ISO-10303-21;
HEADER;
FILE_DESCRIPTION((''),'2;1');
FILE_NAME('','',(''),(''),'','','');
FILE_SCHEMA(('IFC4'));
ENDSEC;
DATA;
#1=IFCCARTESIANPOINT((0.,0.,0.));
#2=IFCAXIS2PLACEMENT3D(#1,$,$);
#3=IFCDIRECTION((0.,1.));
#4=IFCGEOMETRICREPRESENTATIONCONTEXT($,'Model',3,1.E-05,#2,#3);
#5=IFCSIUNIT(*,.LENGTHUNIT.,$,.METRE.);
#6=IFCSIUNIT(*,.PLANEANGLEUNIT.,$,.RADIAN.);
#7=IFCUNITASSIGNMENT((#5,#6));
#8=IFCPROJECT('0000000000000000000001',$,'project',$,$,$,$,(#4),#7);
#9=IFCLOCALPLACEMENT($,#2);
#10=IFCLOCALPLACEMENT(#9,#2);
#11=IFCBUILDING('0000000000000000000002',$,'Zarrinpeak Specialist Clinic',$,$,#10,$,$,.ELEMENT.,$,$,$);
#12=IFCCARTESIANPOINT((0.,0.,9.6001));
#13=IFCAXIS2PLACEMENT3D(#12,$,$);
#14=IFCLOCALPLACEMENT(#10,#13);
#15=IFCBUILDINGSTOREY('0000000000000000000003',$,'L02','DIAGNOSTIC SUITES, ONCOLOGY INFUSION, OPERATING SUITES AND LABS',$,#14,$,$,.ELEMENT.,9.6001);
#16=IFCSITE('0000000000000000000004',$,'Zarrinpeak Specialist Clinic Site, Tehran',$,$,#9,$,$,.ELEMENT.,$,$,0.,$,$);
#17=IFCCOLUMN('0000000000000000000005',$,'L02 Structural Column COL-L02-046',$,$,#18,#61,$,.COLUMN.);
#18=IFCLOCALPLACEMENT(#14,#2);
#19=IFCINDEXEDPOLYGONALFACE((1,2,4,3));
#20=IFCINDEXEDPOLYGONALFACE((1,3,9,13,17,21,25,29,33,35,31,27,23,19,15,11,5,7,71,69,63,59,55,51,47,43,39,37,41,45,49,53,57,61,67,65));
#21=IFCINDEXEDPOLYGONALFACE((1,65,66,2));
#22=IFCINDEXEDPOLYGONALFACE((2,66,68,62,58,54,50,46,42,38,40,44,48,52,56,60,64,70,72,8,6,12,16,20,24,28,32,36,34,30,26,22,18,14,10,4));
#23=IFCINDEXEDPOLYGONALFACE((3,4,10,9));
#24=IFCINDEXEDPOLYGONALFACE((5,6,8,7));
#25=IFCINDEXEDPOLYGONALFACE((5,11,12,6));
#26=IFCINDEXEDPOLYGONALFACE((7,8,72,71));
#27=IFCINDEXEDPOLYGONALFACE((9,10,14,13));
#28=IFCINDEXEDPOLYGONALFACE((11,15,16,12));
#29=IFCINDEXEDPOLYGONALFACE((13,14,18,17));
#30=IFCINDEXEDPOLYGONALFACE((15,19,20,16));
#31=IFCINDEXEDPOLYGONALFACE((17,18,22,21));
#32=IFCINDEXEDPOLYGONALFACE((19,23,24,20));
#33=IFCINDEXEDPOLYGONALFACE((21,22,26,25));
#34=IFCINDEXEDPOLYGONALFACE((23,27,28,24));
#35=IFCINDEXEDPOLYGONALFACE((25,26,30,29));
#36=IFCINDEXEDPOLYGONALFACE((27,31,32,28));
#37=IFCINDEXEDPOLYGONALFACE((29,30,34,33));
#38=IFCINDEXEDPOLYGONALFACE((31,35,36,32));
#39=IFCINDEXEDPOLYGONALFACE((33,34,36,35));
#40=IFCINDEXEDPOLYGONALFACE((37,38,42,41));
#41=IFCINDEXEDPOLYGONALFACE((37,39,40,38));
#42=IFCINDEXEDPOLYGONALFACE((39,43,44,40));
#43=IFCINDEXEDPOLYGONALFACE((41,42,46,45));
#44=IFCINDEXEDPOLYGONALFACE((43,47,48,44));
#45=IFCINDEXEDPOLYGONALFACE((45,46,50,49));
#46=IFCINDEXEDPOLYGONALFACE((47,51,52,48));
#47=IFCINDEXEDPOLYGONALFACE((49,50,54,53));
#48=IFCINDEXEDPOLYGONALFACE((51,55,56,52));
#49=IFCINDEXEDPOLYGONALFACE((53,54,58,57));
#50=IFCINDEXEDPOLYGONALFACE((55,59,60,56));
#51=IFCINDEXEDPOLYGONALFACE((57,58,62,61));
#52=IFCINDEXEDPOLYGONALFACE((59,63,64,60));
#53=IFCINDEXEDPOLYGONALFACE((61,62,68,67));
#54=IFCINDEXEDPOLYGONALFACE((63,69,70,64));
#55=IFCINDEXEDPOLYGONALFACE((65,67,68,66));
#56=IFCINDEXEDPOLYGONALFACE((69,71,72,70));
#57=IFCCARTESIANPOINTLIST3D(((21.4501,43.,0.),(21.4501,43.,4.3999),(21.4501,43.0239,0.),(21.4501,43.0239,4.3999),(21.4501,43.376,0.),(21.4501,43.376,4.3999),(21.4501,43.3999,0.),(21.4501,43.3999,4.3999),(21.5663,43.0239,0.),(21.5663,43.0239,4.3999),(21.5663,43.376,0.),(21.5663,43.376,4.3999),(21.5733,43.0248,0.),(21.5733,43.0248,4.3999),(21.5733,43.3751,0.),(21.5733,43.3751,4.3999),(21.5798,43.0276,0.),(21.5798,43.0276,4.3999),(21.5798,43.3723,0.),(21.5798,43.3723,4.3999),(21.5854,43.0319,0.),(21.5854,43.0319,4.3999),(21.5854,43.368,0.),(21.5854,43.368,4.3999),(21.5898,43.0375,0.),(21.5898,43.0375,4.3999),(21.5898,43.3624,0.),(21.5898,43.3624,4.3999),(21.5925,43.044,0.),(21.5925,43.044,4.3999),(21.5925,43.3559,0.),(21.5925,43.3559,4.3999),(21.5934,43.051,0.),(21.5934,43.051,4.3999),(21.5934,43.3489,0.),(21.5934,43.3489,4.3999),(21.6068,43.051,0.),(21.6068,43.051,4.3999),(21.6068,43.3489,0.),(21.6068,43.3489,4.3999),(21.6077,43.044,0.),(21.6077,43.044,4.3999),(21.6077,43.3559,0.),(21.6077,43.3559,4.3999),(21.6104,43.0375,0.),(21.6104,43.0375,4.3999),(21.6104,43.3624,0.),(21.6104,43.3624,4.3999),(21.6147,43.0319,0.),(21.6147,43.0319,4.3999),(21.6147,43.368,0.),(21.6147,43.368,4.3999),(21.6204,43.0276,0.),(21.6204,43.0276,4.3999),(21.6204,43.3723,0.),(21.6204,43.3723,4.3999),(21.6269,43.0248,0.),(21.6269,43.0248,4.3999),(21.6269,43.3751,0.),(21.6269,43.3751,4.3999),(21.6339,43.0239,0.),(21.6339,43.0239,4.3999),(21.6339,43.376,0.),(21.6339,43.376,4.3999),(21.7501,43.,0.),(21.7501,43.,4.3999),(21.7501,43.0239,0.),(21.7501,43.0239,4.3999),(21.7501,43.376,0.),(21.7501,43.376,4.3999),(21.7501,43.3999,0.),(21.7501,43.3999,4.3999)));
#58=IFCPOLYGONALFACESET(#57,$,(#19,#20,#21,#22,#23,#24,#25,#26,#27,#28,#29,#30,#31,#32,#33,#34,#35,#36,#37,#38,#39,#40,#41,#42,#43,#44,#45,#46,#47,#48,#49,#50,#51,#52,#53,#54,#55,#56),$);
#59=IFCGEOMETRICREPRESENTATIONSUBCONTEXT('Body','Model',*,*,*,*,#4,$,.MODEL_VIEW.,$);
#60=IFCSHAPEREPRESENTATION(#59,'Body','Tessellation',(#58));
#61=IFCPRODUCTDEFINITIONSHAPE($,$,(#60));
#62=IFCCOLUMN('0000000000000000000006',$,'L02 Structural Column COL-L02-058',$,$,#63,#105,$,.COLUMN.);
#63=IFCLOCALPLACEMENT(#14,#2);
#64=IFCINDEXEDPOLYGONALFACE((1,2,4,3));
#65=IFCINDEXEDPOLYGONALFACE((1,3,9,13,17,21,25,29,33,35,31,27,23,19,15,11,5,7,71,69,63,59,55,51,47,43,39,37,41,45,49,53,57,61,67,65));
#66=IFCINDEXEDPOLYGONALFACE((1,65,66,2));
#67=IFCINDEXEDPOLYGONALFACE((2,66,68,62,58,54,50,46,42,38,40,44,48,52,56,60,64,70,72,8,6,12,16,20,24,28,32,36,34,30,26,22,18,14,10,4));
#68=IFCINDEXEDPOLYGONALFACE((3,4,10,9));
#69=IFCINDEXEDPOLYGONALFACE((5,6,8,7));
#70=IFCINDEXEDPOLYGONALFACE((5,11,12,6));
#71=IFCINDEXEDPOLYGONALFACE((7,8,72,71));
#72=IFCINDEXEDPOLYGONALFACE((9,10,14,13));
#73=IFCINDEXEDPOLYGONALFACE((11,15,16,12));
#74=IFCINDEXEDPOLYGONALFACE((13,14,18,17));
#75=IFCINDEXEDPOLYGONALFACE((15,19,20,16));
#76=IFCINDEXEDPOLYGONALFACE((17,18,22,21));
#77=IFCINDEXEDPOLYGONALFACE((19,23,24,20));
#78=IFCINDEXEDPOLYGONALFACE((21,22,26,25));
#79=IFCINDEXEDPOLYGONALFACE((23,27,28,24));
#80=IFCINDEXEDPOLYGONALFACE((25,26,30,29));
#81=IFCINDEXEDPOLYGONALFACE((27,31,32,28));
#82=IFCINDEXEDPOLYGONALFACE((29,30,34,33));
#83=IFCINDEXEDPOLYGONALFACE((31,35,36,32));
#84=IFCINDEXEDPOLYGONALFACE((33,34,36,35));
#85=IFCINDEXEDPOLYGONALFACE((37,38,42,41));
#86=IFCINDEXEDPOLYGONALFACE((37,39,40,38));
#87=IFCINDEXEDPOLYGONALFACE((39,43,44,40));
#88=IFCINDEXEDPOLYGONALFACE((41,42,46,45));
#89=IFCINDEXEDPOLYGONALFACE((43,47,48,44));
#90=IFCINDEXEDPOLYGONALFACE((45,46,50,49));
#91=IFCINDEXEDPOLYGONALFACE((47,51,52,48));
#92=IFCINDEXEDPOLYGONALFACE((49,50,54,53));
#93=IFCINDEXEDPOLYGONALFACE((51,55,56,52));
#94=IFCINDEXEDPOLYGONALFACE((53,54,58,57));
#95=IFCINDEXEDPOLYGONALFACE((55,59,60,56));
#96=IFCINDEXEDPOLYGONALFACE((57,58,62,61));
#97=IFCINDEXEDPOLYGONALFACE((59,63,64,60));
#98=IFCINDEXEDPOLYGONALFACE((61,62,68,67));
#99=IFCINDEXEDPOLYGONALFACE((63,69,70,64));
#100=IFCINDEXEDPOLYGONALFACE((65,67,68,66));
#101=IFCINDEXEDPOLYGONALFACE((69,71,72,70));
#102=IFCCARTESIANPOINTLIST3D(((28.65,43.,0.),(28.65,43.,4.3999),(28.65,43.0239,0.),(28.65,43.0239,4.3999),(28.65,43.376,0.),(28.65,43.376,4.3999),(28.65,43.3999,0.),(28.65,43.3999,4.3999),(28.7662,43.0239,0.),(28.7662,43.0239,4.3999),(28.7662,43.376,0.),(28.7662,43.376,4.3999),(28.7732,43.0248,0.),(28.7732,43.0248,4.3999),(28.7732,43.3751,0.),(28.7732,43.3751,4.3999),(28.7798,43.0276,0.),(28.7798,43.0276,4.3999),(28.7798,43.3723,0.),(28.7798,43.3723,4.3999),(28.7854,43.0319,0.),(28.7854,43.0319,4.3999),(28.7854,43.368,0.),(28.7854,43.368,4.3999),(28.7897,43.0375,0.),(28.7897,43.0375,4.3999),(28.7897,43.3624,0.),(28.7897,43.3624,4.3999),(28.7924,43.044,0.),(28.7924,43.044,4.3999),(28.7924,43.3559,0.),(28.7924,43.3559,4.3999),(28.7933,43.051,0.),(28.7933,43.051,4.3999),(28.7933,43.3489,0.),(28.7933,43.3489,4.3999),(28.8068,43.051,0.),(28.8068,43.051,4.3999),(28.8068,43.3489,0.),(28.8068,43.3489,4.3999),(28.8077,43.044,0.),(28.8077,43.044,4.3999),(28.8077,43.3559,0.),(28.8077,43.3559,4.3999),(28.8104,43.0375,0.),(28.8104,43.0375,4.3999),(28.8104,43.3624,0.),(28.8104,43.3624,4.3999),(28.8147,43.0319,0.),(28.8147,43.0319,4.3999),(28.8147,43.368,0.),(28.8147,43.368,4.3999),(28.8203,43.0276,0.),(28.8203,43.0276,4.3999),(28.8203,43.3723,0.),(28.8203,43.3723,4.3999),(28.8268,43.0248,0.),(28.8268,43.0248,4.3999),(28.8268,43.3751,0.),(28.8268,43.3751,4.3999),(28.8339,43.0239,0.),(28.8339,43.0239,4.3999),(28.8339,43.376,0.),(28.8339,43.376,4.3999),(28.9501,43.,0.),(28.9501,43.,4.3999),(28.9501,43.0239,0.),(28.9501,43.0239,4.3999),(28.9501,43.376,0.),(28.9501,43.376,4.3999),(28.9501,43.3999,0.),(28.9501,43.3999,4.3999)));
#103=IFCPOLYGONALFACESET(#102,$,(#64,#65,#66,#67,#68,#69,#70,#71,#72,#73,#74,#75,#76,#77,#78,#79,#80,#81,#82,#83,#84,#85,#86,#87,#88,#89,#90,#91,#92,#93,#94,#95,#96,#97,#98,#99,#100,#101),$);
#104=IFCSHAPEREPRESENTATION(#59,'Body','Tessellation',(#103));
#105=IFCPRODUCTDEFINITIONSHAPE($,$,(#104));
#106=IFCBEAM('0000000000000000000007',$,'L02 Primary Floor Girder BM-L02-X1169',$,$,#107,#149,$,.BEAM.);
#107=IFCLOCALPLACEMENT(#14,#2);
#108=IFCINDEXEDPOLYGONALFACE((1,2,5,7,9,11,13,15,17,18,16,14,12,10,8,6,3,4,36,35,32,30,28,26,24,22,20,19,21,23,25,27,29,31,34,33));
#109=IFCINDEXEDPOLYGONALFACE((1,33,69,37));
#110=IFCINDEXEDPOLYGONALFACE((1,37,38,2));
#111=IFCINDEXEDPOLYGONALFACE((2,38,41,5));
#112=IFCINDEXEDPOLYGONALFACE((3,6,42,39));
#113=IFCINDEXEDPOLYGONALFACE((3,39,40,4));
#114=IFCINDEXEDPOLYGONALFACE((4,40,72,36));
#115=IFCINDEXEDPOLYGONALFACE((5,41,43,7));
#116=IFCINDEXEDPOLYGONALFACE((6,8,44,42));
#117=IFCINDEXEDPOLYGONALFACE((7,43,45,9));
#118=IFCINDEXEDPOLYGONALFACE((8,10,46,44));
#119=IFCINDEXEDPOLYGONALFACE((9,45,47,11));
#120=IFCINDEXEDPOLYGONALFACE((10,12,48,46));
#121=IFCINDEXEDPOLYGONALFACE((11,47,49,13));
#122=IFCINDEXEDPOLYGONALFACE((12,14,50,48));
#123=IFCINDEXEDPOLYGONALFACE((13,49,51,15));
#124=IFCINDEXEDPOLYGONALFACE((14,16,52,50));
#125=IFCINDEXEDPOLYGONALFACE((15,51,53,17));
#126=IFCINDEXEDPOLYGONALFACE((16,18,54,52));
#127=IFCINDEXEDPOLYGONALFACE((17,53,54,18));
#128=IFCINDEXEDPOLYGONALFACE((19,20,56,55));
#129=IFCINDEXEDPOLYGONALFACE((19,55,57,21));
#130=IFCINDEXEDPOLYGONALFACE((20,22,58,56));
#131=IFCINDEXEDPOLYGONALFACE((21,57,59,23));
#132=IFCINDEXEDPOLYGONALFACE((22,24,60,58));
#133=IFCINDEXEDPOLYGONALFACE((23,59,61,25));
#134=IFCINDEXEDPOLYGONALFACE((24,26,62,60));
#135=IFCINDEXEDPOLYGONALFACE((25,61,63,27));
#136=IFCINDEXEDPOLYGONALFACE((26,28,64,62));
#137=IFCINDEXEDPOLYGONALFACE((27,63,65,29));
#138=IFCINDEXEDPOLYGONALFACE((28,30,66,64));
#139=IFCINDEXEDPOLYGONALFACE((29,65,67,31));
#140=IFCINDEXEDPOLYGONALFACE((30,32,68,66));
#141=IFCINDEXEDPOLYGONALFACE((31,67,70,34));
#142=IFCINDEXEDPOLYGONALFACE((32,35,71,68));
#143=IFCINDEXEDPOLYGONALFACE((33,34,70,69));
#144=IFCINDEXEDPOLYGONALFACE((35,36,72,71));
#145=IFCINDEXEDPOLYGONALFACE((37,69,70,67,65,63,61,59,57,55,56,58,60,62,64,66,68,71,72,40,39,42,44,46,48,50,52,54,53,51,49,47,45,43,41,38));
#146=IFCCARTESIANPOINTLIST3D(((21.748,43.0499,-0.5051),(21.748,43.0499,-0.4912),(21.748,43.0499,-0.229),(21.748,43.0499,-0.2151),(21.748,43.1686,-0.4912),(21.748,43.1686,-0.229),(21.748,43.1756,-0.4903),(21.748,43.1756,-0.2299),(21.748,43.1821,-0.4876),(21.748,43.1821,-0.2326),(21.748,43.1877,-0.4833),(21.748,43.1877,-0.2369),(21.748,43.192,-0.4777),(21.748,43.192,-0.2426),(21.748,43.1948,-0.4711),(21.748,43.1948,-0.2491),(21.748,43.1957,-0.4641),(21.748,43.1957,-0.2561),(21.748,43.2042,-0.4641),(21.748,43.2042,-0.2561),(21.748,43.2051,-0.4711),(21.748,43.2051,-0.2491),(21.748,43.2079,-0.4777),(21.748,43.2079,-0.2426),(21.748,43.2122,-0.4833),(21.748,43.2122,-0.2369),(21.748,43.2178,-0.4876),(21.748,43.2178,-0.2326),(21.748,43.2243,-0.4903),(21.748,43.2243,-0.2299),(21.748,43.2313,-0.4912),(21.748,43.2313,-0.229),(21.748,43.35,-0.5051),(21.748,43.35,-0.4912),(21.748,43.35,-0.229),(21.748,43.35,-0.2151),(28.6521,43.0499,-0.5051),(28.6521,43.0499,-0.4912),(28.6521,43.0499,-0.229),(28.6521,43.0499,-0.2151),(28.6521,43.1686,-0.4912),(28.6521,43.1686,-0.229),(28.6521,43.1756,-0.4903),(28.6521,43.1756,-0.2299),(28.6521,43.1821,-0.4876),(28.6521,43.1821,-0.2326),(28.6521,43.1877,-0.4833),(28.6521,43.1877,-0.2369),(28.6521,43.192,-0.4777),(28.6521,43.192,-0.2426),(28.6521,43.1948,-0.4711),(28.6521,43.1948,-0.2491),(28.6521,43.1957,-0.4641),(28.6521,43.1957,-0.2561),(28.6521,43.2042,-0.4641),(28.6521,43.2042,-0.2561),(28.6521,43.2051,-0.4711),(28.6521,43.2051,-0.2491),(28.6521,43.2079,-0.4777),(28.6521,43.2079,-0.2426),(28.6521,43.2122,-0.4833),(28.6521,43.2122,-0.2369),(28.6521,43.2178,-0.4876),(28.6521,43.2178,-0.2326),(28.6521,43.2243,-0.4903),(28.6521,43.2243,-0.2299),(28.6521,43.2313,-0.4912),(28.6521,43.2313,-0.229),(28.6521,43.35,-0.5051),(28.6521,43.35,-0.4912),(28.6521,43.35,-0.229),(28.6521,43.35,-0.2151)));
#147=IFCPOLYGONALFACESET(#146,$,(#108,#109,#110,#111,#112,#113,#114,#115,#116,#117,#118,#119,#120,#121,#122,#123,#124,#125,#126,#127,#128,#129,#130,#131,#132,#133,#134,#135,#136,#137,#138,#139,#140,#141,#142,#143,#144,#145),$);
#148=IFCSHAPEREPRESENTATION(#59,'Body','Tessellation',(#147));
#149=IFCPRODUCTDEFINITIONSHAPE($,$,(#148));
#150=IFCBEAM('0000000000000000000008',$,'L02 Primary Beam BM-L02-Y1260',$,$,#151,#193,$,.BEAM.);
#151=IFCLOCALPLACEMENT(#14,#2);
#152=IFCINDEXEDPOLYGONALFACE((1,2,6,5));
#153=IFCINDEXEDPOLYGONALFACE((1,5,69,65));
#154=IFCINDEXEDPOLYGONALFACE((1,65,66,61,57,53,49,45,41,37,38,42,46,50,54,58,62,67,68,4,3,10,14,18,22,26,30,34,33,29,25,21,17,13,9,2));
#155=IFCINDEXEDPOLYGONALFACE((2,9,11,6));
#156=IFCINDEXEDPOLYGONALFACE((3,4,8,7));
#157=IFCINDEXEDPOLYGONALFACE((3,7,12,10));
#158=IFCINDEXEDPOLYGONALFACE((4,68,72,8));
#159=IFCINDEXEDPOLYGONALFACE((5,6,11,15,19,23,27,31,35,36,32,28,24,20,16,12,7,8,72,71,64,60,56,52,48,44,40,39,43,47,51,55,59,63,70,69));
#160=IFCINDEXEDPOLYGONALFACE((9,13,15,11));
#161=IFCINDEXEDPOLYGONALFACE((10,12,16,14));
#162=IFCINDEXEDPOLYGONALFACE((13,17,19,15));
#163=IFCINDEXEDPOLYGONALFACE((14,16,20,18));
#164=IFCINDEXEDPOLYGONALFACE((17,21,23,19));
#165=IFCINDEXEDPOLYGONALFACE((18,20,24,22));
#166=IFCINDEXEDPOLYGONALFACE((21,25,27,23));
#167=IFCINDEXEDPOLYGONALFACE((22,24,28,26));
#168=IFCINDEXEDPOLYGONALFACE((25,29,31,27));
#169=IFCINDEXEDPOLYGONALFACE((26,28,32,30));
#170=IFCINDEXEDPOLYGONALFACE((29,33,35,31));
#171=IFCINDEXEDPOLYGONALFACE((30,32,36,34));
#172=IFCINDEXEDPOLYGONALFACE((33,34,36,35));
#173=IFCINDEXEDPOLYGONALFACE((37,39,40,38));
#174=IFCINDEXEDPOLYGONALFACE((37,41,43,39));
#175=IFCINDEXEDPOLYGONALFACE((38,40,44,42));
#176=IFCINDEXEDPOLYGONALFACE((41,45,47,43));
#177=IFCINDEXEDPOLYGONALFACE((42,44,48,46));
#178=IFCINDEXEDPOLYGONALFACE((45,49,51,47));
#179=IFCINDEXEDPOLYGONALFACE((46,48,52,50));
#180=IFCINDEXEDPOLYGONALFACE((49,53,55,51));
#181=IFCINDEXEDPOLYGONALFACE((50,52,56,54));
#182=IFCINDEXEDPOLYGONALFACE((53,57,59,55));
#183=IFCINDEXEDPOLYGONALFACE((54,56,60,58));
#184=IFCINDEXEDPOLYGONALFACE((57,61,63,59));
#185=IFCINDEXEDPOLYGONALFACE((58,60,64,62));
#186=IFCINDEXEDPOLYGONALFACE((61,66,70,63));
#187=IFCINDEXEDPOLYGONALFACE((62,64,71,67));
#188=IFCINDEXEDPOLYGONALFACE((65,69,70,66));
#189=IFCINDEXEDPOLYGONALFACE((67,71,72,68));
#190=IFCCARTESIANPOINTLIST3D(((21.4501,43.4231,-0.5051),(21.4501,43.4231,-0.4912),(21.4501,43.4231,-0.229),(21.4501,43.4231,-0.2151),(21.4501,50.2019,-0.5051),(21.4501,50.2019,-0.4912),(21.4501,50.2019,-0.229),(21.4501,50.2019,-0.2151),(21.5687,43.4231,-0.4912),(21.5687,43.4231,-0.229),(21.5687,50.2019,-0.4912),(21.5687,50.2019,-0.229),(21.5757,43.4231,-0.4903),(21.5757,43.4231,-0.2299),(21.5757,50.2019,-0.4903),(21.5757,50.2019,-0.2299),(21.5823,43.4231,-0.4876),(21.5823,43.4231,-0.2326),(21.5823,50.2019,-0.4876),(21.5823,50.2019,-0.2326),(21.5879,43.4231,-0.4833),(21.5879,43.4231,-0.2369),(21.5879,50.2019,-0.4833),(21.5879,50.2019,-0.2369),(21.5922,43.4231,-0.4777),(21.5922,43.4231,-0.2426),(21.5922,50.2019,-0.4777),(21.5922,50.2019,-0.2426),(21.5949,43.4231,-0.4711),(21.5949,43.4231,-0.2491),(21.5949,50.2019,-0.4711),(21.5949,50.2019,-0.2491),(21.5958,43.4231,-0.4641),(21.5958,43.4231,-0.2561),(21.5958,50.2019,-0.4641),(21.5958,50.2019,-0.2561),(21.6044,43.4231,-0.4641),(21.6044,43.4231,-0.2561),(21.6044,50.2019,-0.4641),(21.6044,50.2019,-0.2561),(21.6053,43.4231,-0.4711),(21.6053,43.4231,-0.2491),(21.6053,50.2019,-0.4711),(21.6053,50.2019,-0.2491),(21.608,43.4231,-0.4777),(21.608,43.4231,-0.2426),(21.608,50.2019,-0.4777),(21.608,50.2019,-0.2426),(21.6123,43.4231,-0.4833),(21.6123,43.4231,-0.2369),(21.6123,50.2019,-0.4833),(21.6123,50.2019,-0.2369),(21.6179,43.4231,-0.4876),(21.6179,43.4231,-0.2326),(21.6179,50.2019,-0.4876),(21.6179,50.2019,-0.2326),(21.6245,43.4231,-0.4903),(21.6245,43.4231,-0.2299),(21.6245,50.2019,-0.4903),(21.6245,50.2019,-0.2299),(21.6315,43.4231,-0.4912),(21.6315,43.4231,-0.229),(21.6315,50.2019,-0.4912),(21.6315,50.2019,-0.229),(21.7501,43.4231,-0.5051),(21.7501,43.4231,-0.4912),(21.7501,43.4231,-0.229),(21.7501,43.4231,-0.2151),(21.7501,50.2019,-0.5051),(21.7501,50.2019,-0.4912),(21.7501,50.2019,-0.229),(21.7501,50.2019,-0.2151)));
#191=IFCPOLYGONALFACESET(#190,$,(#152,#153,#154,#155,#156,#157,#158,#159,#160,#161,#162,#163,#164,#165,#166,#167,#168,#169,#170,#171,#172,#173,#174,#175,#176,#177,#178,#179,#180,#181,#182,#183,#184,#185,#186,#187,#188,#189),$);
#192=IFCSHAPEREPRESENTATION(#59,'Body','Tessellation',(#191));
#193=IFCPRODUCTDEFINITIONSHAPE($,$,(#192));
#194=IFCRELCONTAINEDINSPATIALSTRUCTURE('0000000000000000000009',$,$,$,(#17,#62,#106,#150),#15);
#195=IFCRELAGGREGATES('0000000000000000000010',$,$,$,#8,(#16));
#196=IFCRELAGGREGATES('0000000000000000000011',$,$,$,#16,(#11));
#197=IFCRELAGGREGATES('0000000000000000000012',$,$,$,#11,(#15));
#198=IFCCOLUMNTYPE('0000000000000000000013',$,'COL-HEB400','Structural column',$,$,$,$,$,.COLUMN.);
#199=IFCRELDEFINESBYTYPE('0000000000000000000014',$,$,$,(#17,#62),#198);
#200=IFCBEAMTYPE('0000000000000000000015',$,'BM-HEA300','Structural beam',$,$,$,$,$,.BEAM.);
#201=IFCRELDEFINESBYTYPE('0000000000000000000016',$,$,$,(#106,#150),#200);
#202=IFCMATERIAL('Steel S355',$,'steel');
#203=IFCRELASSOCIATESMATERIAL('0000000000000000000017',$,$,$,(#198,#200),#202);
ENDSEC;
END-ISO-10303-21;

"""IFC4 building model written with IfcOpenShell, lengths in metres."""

from ifc_helpers import new_model, si_unit, direction, frame, origin, origin_2d, place, context, subcontext, project, spatial, i_section, extrude, material, material_profile, profile_set, type_object, element, save


model = new_model("IFC4")

# Units and contexts
model_context = context("Model", 3, precision=1e-05, world=origin(), true_north=direction((0.0, 1.0)))
body_context = subcontext(model_context, "Body", "Model", "MODEL_VIEW")
ifc_project = project(units=[si_unit("LENGTHUNIT", "METRE"), si_unit("PLANEANGLEUNIT", "RADIAN")], contexts=[model_context])

# Site, building, storey
site_placement = place(None, origin())
site = spatial("IfcSite", under=ifc_project, at=site_placement, Name="Zarrinpeak Specialist Clinic Site, Tehran", CompositionType="ELEMENT", RefElevation=0.0)
building_placement = place(site_placement, origin())
building = spatial("IfcBuilding", under=site, at=building_placement, Name="Zarrinpeak Specialist Clinic", CompositionType="ELEMENT")
storey_placement = place(building_placement, frame((0.0, 0.0, 9.6001)))
storey = spatial("IfcBuildingStorey", under=building, at=storey_placement, Name="L02", Description="DIAGNOSTIC SUITES, ONCOLOGY INFUSION, OPERATING SUITES AND LABS", CompositionType="ELEMENT", Elevation=9.6001)

# Columns
ifc_material_1 = material(Name="Steel S355", Category="steel")
ifc_material_profile_1 = material_profile(ifc_material_1, i_section(OverallWidth=0.3, OverallDepth=0.3999, WebThickness=0.0134, FlangeThickness=0.0239, FilletRadius=0.0271, at=origin_2d()), Name="HEB 400")
ifc_profile_set_1 = profile_set([ifc_material_profile_1], Name="Steel S355")
column_type = type_object("IfcColumnType", Name="COL-HEB400", Description="Structural column", PredefinedType="COLUMN", material=ifc_profile_set_1)
for number, where, z_axis, x_axis, name in (
    (1, (21.6001, 43.2, 0.0), (0.0, 0.0, 1.0), (1.0, 0.0, 0.0), "L02 Structural Column COL-L02-046"),
    (2, (28.8, 43.2, 0.0), (0.0, 0.0, 1.0), (1.0, 0.0, 0.0), "L02 Structural Column COL-L02-058"),
):
    element("IfcColumn", number, at=place(storey_placement, frame(where, z_axis=z_axis, x_axis=x_axis)), inside=storey, type_object=column_type, Name=name, PredefinedType="COLUMN", context=body_context, shape_type="SweptSolid", body=[
        extrude(i_section(OverallWidth=0.3, OverallDepth=0.3999, WebThickness=0.0134, FlangeThickness=0.0239, FilletRadius=0.0271, at=origin_2d()), origin(), (0.0, 0.0, 1.0), 4.3999),
    ])

# Beams
ifc_material_profile_2 = material_profile(ifc_material_1, i_section(OverallWidth=0.3, OverallDepth=0.29, WebThickness=0.0085, FlangeThickness=0.0139, FilletRadius=0.0271, at=origin_2d()), Name="HEA 300")
ifc_profile_set_2 = profile_set([ifc_material_profile_2], Name="Steel S355")
beam_type_1 = type_object("IfcBeamType", Name="BM-HEA300", Description="Structural beam", PredefinedType="BEAM", material=ifc_profile_set_2)
beam_1_placement = place(storey_placement, frame((21.748, 43.2, -0.3601), z_axis=(1.0, 0.0, 0.0), x_axis=(0.0, 1.0, 0.0)))
element("IfcBeam", 3, at=beam_1_placement, inside=storey, type_object=beam_type_1, Name="L02 Primary Floor Girder BM-L02-X1169", PredefinedType="BEAM", context=body_context, shape_type="SweptSolid", body=[
    extrude(i_section(OverallWidth=0.3, OverallDepth=0.29, WebThickness=0.0085, FlangeThickness=0.0139, FilletRadius=0.0271, at=origin_2d()), origin(), (0.0, 0.0, 1.0), 6.9041),
])
beam_2_placement = place(storey_placement, frame((21.6001, 43.4231, -0.3601), z_axis=(0.0, 1.0, 0.0), x_axis=(-1.0, 0.0, 0.0)))
element("IfcBeam", 4, at=beam_2_placement, inside=storey, type_object=beam_type_1, Name="L02 Primary Beam BM-L02-Y1260", PredefinedType="BEAM", context=body_context, shape_type="SweptSolid", body=[
    extrude(i_section(OverallWidth=0.3, OverallDepth=0.29, WebThickness=0.0085, FlangeThickness=0.0139, FilletRadius=0.0271, at=origin_2d()), origin(), (0.0, 0.0, 1.0), 6.7788),
])

save(model, "model.ifc")
